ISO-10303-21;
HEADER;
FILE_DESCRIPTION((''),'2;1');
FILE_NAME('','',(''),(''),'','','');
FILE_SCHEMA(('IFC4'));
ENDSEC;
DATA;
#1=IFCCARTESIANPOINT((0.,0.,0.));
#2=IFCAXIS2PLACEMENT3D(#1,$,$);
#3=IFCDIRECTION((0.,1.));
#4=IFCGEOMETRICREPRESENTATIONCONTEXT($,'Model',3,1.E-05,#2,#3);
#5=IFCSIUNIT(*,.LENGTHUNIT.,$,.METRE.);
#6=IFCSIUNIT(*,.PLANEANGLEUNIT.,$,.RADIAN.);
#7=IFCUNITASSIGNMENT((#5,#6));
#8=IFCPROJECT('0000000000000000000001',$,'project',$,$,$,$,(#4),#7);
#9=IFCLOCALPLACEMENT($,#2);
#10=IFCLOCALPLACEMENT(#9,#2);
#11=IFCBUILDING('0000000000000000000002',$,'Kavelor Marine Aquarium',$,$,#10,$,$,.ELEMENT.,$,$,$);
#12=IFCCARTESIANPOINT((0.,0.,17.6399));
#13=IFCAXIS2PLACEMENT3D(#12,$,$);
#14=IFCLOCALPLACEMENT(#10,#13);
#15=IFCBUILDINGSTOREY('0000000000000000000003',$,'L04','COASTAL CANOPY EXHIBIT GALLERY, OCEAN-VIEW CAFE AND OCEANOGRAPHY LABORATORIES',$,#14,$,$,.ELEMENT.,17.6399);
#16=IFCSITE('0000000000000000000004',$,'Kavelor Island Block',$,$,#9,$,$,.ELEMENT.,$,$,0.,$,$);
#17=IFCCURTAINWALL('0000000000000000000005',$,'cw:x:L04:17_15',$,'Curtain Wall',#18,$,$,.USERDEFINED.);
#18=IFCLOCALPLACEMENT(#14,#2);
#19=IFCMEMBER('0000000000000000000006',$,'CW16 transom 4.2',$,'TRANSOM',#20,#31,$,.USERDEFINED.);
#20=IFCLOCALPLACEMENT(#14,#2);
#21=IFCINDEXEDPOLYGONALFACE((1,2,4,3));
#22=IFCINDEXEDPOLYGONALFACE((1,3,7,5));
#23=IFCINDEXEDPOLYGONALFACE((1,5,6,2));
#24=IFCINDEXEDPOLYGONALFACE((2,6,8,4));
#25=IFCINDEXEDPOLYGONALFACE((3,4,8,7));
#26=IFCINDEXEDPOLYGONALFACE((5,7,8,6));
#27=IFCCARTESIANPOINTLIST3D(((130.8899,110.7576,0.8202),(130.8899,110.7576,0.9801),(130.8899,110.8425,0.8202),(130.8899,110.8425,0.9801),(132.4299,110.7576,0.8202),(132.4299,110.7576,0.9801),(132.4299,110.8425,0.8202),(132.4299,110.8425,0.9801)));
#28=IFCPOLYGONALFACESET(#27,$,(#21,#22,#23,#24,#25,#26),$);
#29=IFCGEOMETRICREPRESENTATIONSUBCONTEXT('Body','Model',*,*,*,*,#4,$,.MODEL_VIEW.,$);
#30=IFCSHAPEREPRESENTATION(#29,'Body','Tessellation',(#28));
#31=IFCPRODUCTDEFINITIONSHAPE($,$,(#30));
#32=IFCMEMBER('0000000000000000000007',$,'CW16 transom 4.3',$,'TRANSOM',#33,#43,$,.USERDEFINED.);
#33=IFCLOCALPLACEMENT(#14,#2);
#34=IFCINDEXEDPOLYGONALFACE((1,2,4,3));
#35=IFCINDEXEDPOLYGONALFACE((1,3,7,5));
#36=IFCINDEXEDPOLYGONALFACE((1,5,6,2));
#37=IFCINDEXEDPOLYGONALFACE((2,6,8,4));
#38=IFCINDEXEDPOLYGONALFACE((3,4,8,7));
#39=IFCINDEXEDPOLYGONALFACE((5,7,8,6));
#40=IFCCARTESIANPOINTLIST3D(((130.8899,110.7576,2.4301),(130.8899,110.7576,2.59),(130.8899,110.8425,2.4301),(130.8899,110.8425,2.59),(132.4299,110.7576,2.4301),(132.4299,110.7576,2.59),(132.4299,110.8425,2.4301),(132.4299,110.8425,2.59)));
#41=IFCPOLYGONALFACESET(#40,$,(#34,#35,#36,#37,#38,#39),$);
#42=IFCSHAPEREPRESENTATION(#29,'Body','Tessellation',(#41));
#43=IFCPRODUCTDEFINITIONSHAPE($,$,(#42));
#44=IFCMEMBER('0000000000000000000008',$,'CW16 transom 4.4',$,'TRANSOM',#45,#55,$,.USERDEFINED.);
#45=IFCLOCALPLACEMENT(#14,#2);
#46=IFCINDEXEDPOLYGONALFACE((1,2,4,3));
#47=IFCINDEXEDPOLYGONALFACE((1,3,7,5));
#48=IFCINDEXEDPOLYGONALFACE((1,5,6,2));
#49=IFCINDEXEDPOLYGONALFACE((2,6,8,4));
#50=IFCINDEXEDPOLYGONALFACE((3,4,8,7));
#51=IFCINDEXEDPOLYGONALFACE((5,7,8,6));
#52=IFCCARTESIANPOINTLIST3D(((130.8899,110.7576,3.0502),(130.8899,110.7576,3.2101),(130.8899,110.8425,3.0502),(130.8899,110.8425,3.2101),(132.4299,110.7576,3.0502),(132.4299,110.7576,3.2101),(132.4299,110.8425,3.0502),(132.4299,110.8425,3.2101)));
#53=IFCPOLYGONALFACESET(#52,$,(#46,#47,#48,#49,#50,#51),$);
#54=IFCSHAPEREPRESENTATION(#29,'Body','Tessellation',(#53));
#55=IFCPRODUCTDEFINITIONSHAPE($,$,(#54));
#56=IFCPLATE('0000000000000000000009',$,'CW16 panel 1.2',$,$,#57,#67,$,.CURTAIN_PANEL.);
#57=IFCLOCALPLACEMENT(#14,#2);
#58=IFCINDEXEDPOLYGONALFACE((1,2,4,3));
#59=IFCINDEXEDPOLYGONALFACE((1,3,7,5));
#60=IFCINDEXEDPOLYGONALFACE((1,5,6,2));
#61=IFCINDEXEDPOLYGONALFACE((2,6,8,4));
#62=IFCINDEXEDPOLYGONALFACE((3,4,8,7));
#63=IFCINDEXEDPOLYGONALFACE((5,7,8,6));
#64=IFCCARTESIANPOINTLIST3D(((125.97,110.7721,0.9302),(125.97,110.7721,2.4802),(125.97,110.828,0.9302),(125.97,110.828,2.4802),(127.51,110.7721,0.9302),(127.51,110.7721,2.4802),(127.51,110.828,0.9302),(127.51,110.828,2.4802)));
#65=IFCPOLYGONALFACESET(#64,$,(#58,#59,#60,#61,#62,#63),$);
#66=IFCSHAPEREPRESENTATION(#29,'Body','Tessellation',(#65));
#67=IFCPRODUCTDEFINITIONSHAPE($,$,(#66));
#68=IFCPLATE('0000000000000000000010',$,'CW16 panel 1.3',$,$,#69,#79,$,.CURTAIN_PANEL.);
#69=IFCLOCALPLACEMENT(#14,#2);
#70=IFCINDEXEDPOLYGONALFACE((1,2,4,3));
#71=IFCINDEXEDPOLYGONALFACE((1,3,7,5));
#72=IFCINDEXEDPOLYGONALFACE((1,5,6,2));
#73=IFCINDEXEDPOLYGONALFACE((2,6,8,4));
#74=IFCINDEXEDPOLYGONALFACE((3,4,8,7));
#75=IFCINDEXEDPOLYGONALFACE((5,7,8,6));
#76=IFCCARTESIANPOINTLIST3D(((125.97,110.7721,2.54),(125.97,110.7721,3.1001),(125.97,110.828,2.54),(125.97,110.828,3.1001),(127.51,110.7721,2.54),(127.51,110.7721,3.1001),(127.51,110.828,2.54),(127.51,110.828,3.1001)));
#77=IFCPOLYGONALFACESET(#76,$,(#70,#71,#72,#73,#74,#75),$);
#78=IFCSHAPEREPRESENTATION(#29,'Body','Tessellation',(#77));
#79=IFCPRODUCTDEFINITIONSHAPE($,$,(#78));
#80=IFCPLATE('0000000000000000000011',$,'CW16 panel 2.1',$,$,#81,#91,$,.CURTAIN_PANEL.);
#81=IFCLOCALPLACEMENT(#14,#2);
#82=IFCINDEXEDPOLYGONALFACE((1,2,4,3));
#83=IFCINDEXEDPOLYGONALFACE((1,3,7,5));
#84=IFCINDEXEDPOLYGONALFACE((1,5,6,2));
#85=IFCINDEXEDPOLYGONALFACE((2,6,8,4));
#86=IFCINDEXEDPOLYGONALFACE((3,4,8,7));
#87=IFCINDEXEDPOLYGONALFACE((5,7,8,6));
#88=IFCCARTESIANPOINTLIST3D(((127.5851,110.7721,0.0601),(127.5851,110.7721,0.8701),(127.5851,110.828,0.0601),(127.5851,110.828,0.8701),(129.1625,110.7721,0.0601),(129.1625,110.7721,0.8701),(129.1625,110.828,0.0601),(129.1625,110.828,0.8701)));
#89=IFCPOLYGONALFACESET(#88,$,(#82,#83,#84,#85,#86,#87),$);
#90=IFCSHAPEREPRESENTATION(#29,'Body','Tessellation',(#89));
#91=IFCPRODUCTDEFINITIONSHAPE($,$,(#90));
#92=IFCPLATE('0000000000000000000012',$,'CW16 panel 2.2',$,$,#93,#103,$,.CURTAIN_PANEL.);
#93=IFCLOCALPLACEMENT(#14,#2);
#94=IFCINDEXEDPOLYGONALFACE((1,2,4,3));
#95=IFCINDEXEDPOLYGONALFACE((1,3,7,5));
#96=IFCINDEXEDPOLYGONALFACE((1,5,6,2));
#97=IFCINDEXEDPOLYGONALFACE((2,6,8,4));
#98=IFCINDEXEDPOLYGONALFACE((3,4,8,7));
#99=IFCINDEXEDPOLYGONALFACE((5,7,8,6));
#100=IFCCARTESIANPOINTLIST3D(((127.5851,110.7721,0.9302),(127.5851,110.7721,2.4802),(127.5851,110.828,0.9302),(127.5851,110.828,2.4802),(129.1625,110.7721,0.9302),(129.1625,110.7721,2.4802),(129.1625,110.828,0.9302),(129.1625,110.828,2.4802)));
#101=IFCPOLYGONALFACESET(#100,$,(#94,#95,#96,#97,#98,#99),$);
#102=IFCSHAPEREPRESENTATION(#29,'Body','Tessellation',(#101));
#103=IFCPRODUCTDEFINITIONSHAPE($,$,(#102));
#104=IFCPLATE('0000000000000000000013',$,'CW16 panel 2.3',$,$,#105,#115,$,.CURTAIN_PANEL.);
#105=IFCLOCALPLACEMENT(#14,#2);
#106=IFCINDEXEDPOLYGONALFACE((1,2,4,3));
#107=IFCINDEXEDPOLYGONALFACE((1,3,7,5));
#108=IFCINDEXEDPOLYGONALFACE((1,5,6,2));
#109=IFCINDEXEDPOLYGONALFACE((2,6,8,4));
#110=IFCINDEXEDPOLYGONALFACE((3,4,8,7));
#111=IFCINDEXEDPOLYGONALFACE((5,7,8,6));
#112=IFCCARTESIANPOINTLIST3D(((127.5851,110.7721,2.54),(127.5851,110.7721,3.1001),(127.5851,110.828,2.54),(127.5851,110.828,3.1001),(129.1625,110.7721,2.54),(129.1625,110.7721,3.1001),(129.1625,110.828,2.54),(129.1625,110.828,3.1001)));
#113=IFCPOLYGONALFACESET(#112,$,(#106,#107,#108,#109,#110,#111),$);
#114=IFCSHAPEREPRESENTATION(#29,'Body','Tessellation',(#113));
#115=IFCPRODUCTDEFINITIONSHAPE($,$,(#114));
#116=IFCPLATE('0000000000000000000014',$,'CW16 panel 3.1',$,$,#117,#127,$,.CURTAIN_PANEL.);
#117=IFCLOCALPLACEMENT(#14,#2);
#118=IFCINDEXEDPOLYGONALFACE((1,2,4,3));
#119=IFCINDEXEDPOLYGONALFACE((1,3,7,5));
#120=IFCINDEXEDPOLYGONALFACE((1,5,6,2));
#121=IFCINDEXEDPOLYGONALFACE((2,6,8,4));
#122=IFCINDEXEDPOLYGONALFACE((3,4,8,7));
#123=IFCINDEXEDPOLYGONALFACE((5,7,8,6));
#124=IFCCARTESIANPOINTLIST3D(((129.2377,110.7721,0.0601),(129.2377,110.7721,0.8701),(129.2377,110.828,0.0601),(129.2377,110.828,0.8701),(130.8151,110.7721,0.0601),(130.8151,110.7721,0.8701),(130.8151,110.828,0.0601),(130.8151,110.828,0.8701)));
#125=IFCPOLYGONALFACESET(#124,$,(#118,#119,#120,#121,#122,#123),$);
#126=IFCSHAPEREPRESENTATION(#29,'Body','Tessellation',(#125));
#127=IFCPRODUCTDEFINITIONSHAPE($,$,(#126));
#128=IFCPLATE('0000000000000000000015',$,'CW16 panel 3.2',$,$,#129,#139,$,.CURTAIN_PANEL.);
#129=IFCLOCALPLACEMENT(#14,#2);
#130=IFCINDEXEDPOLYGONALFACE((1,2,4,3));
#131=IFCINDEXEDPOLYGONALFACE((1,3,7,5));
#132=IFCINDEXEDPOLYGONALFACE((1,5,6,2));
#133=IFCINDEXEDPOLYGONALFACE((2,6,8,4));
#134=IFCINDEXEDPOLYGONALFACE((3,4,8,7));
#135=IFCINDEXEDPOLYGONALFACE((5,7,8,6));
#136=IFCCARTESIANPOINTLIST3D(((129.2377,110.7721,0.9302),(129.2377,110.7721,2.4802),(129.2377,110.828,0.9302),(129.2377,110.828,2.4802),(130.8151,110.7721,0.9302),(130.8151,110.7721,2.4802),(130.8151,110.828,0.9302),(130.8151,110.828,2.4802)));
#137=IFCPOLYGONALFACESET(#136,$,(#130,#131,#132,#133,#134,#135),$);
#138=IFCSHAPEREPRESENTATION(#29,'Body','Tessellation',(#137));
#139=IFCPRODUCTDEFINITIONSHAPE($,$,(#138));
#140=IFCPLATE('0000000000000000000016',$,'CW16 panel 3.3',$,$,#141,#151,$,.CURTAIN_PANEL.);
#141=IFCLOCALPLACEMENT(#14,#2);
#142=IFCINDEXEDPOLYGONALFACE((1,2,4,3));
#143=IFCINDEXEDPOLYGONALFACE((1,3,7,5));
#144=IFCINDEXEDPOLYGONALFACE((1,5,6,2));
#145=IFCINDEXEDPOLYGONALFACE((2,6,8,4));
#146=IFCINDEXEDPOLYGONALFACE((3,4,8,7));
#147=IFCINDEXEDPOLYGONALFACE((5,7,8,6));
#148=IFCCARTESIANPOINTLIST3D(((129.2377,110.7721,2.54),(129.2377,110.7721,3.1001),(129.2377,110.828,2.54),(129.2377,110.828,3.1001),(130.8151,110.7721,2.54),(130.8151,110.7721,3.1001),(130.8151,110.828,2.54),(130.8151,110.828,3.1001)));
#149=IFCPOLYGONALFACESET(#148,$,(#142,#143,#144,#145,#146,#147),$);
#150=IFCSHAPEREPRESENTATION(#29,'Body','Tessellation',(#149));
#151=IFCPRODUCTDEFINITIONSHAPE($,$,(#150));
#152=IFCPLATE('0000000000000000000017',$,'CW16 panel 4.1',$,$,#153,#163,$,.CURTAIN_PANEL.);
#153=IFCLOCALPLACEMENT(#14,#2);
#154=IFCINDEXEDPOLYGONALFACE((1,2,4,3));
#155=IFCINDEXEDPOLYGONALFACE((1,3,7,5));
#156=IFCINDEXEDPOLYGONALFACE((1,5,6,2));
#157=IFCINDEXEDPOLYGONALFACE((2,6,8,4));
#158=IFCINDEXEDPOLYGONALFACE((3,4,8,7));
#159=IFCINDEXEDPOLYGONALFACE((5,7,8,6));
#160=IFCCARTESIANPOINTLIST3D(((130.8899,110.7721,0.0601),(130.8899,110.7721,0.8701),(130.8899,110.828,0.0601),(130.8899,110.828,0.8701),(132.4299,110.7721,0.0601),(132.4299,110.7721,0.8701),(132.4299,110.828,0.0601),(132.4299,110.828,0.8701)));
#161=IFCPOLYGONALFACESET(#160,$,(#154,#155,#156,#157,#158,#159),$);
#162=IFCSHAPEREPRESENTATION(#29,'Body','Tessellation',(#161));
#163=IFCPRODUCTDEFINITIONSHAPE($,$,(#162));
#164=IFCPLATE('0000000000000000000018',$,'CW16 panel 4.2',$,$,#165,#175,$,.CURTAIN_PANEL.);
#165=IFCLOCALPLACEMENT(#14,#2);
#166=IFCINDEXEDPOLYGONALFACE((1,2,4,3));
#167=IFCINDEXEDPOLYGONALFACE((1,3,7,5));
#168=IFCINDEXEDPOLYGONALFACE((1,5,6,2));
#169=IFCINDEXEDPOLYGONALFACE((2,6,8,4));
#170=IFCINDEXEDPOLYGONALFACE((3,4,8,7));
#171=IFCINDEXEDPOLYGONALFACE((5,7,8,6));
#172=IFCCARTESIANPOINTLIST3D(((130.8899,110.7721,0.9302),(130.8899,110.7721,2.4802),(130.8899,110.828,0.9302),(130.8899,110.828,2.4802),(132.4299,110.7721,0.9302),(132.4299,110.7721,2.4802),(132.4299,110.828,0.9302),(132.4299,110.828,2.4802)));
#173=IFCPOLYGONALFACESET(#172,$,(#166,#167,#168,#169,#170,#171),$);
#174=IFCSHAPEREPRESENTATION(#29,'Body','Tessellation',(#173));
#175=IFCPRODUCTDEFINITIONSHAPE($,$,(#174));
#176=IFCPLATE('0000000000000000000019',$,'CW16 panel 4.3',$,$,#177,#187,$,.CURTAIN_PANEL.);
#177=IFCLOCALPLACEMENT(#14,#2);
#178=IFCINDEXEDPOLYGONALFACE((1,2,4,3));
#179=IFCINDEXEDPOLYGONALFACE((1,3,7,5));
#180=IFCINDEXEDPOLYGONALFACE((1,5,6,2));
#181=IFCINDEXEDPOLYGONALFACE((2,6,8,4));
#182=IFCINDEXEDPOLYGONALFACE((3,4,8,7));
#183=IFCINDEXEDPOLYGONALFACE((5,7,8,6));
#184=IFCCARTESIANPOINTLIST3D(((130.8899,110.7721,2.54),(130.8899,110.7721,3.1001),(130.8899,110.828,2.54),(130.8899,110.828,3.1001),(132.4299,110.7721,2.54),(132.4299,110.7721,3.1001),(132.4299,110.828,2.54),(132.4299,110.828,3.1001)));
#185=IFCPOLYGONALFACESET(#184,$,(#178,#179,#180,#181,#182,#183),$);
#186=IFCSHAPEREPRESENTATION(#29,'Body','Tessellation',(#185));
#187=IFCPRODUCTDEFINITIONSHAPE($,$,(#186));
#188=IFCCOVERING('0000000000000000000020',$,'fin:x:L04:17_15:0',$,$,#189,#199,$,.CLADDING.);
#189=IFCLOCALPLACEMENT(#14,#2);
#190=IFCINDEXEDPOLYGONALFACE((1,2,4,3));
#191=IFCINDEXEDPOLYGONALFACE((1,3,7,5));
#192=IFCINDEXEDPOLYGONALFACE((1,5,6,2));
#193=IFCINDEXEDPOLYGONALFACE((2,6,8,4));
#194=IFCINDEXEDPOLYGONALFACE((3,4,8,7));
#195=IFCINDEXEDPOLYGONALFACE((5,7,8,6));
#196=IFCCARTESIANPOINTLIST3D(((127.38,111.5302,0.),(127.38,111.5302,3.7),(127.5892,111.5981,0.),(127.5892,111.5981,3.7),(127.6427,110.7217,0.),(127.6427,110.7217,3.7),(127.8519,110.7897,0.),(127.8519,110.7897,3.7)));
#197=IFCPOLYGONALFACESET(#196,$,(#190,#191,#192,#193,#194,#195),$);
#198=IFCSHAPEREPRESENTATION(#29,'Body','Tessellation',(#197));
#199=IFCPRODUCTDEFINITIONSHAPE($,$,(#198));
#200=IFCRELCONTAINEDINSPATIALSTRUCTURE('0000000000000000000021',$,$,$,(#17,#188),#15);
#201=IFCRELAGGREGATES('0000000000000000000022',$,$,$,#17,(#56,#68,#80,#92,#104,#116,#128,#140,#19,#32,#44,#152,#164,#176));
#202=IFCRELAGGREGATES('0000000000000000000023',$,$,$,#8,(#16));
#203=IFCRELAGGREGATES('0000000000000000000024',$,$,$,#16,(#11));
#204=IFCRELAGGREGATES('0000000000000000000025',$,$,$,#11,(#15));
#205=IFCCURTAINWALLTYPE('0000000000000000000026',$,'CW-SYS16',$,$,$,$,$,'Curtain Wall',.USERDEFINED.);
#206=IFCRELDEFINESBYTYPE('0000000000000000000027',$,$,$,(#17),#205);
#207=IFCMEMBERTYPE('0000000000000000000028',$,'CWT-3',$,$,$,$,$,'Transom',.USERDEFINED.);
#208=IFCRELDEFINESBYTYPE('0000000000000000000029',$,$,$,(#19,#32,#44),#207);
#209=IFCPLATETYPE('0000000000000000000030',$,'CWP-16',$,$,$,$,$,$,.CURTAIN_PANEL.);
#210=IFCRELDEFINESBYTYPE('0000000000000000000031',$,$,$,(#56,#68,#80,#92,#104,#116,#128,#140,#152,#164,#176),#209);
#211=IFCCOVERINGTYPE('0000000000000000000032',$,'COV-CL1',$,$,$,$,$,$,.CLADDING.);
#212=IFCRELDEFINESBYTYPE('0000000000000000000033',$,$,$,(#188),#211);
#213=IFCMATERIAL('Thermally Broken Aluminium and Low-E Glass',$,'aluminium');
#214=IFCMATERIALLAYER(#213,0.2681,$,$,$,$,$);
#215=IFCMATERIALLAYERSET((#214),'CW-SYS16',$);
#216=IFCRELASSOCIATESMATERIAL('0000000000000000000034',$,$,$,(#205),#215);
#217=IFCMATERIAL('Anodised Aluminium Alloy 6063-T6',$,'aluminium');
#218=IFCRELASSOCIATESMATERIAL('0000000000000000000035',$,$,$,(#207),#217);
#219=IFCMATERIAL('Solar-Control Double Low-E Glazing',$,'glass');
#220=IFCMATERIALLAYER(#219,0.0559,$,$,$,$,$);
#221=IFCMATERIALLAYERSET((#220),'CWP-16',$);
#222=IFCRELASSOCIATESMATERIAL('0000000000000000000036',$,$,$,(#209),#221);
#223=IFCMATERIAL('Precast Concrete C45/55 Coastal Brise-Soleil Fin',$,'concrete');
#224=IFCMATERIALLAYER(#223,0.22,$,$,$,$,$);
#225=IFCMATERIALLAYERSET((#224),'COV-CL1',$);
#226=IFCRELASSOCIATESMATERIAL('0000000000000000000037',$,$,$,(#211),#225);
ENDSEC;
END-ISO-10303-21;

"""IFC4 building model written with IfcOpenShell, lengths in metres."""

from ifc_helpers import new_model, si_unit, direction, frame, origin, origin_2d, place, context, subcontext, project, spatial, rectangle, extrude, material, layer, layer_set, material_profile, profile_set, type_object, element, aggregate, save


model = new_model("IFC4")

# Units and contexts
model_context = context("Model", 3, precision=1e-05, world=origin(), true_north=direction((0.0, 1.0)))
body_context = subcontext(model_context, "Body", "Model", "MODEL_VIEW")
ifc_project = project(units=[si_unit("LENGTHUNIT", "METRE"), si_unit("PLANEANGLEUNIT", "RADIAN")], contexts=[model_context])

# Site, building, storey
site_placement = place(None, origin())
site = spatial("IfcSite", under=ifc_project, at=site_placement, Name="Kavelor Island Block", CompositionType="ELEMENT", RefElevation=0.0)
building_placement = place(site_placement, origin())
building = spatial("IfcBuilding", under=site, at=building_placement, Name="Kavelor Marine Aquarium", CompositionType="ELEMENT")
storey_placement = place(building_placement, frame((0.0, 0.0, 17.6399)))
storey = spatial("IfcBuildingStorey", under=building, at=storey_placement, Name="L04", Description="COASTAL CANOPY EXHIBIT GALLERY, OCEAN-VIEW CAFE AND OCEANOGRAPHY LABORATORIES", CompositionType="ELEMENT", Elevation=17.6399)

# Curtain wall, members, plates
ifc_material_1 = material(Name="Thermally Broken Aluminium and Low-E Glass", Category="aluminium")
ifc_layer_1 = layer(ifc_material_1, 0.2681)
ifc_layer_set_1 = layer_set([ifc_layer_1], Name="CW-SYS16")
curtain_wall_type = type_object("IfcCurtainWallType", Name="CW-SYS16", ElementType="Curtain Wall", PredefinedType="USERDEFINED", material=ifc_layer_set_1)
curtain_wall_placement = place(storey_placement, origin())
curtain_wall = element("IfcCurtainWall", 1, at=curtain_wall_placement, inside=storey, type_object=curtain_wall_type, Name="cw:x:L04:17_15", ObjectType="Curtain Wall", PredefinedType="USERDEFINED")
ifc_material_2 = material(Name="Anodised Aluminium Alloy 6063-T6", Category="aluminium")
ifc_material_profile_1 = material_profile(ifc_material_2, rectangle(XDim=0.085, YDim=0.1599, at=origin_2d()), Name="CW-TRN 85x160")
ifc_profile_set_1 = profile_set([ifc_material_profile_1], Name="Anodised Aluminium Alloy 6063-T6")
member_type_1 = type_object("IfcMemberType", Name="CWT-3", ElementType="Transom", PredefinedType="USERDEFINED", material=ifc_profile_set_1)
member_1_placement = place(storey_placement, frame((130.8899, 110.8, 0.9001), z_axis=(1.0, 0.0, 0.0), x_axis=(0.0, 1.0, 0.0)))
member_1 = element("IfcMember", 2, at=member_1_placement, type_object=member_type_1, Name="CW16 transom 4.2", ObjectType="TRANSOM", PredefinedType="USERDEFINED", context=body_context, shape_type="SweptSolid", body=[
    extrude(rectangle(XDim=0.085, YDim=0.1599, at=origin_2d()), origin(), (0.0, 0.0, 1.0), 1.54),
])
member_2_placement = place(storey_placement, frame((130.8899, 110.8, 2.51), z_axis=(1.0, 0.0, 0.0), x_axis=(0.0, 1.0, 0.0)))
member_2 = element("IfcMember", 3, at=member_2_placement, type_object=member_type_1, Name="CW16 transom 4.3", ObjectType="TRANSOM", PredefinedType="USERDEFINED", context=body_context, shape_type="SweptSolid", body=[
    extrude(rectangle(XDim=0.085, YDim=0.1599, at=origin_2d()), origin(), (0.0, 0.0, 1.0), 1.54),
])
member_3_placement = place(storey_placement, frame((130.8899, 110.8, 3.1301), z_axis=(1.0, 0.0, 0.0), x_axis=(0.0, 1.0, 0.0)))
member_3 = element("IfcMember", 4, at=member_3_placement, type_object=member_type_1, Name="CW16 transom 4.4", ObjectType="TRANSOM", PredefinedType="USERDEFINED", context=body_context, shape_type="SweptSolid", body=[
    extrude(rectangle(XDim=0.085, YDim=0.1599, at=origin_2d()), origin(), (0.0, 0.0, 1.0), 1.54),
])
ifc_material_3 = material(Name="Solar-Control Double Low-E Glazing", Category="glass")
ifc_layer_2 = layer(ifc_material_3, 0.0559)
ifc_layer_set_2 = layer_set([ifc_layer_2], Name="CWP-16")
plate_type = type_object("IfcPlateType", Name="CWP-16", PredefinedType="CURTAIN_PANEL", material=ifc_layer_set_2)
plate_1_placement = place(storey_placement, frame((126.74, 110.8, 0.9302), z_axis=(0.0, 0.0, 1.0), x_axis=(1.0, 0.0, 0.0)))
plate_1 = element("IfcPlate", 5, at=plate_1_placement, type_object=plate_type, Name="CW16 panel 1.2", PredefinedType="CURTAIN_PANEL", context=body_context, shape_type="SweptSolid", body=[
    extrude(rectangle(XDim=1.54, YDim=0.0559, at=origin_2d()), origin(), (0.0, 0.0, 1.0), 1.55),
])
plate_2_placement = place(storey_placement, frame((126.74, 110.8, 2.54), z_axis=(0.0, 0.0, 1.0), x_axis=(1.0, 0.0, 0.0)))
plate_2 = element("IfcPlate", 6, at=plate_2_placement, type_object=plate_type, Name="CW16 panel 1.3", PredefinedType="CURTAIN_PANEL", context=body_context, shape_type="SweptSolid", body=[
    extrude(rectangle(XDim=1.54, YDim=0.0559, at=origin_2d()), origin(), (0.0, 0.0, 1.0), 0.5601),
])
plate_3_placement = place(storey_placement, frame((128.3738, 110.8, 0.0601), z_axis=(0.0, 0.0, 1.0), x_axis=(1.0, 0.0, 0.0)))
plate_3 = element("IfcPlate", 7, at=plate_3_placement, type_object=plate_type, Name="CW16 panel 2.1", PredefinedType="CURTAIN_PANEL", context=body_context, shape_type="SweptSolid", body=[
    extrude(rectangle(XDim=1.5774, YDim=0.0559, at=origin_2d()), origin(), (0.0, 0.0, 1.0), 0.8101),
])
plate_4_placement = place(storey_placement, frame((128.3738, 110.8, 0.9302), z_axis=(0.0, 0.0, 1.0), x_axis=(1.0, 0.0, 0.0)))
plate_4 = element("IfcPlate", 8, at=plate_4_placement, type_object=plate_type, Name="CW16 panel 2.2", PredefinedType="CURTAIN_PANEL", context=body_context, shape_type="SweptSolid", body=[
    extrude(rectangle(XDim=1.5774, YDim=0.0559, at=origin_2d()), origin(), (0.0, 0.0, 1.0), 1.55),
])
plate_5_placement = place(storey_placement, frame((128.3738, 110.8, 2.54), z_axis=(0.0, 0.0, 1.0), x_axis=(1.0, 0.0, 0.0)))
plate_5 = element("IfcPlate", 9, at=plate_5_placement, type_object=plate_type, Name="CW16 panel 2.3", PredefinedType="CURTAIN_PANEL", context=body_context, shape_type="SweptSolid", body=[
    extrude(rectangle(XDim=1.5774, YDim=0.0559, at=origin_2d()), origin(), (0.0, 0.0, 1.0), 0.5601),
])
plate_6_placement = place(storey_placement, frame((130.0264, 110.8, 0.0601), z_axis=(0.0, 0.0, 1.0), x_axis=(1.0, 0.0, 0.0)))
plate_6 = element("IfcPlate", 10, at=plate_6_placement, type_object=plate_type, Name="CW16 panel 3.1", PredefinedType="CURTAIN_PANEL", context=body_context, shape_type="SweptSolid", body=[
    extrude(rectangle(XDim=1.5774, YDim=0.0559, at=origin_2d()), origin(), (0.0, 0.0, 1.0), 0.8101),
])
plate_7_placement = place(storey_placement, frame((130.0264, 110.8, 0.9302), z_axis=(0.0, 0.0, 1.0), x_axis=(1.0, 0.0, 0.0)))
plate_7 = element("IfcPlate", 11, at=plate_7_placement, type_object=plate_type, Name="CW16 panel 3.2", PredefinedType="CURTAIN_PANEL", context=body_context, shape_type="SweptSolid", body=[
    extrude(rectangle(XDim=1.5774, YDim=0.0559, at=origin_2d()), origin(), (0.0, 0.0, 1.0), 1.55),
])
plate_8_placement = place(storey_placement, frame((130.0264, 110.8, 2.54), z_axis=(0.0, 0.0, 1.0), x_axis=(1.0, 0.0, 0.0)))
plate_8 = element("IfcPlate", 12, at=plate_8_placement, type_object=plate_type, Name="CW16 panel 3.3", PredefinedType="CURTAIN_PANEL", context=body_context, shape_type="SweptSolid", body=[
    extrude(rectangle(XDim=1.5774, YDim=0.0559, at=origin_2d()), origin(), (0.0, 0.0, 1.0), 0.5601),
])
plate_9_placement = place(storey_placement, frame((131.6599, 110.8, 0.0601), z_axis=(0.0, 0.0, 1.0), x_axis=(1.0, 0.0, 0.0)))
plate_9 = element("IfcPlate", 13, at=plate_9_placement, type_object=plate_type, Name="CW16 panel 4.1", PredefinedType="CURTAIN_PANEL", context=body_context, shape_type="SweptSolid", body=[
    extrude(rectangle(XDim=1.54, YDim=0.0559, at=origin_2d()), origin(), (0.0, 0.0, 1.0), 0.8101),
])
plate_10_placement = place(storey_placement, frame((131.6599, 110.8, 0.9302), z_axis=(0.0, 0.0, 1.0), x_axis=(1.0, 0.0, 0.0)))
plate_10 = element("IfcPlate", 14, at=plate_10_placement, type_object=plate_type, Name="CW16 panel 4.2", PredefinedType="CURTAIN_PANEL", context=body_context, shape_type="SweptSolid", body=[
    extrude(rectangle(XDim=1.54, YDim=0.0559, at=origin_2d()), origin(), (0.0, 0.0, 1.0), 1.55),
])
plate_11_placement = place(storey_placement, frame((131.6599, 110.8, 2.54), z_axis=(0.0, 0.0, 1.0), x_axis=(1.0, 0.0, 0.0)))
plate_11 = element("IfcPlate", 15, at=plate_11_placement, type_object=plate_type, Name="CW16 panel 4.3", PredefinedType="CURTAIN_PANEL", context=body_context, shape_type="SweptSolid", body=[
    extrude(rectangle(XDim=1.54, YDim=0.0559, at=origin_2d()), origin(), (0.0, 0.0, 1.0), 0.5601),
])
aggregate(curtain_wall, [plate_1, plate_2, plate_3, plate_4, plate_5, plate_6, plate_7, plate_8, member_1, member_2, member_3, plate_9, plate_10, plate_11])

# Covering
ifc_material_4 = material(Name="Precast Concrete C45/55 Coastal Brise-Soleil Fin", Category="concrete")
ifc_layer_3 = layer(ifc_material_4, 0.22)
ifc_layer_set_3 = layer_set([ifc_layer_3], Name="COV-CL1")
covering_type = type_object("IfcCoveringType", Name="COV-CL1", PredefinedType="CLADDING", material=ifc_layer_set_3)
for number, where, z_axis, x_axis, name in (
    (16, (127.616, 111.1599, 0.0), (0.0, 0.0, 1.0), (0.951057, 0.309017, 0.0), "fin:x:L04:17_15:0"),
):
    element("IfcCovering", number, at=place(storey_placement, frame(where, z_axis=z_axis, x_axis=x_axis)), inside=storey, type_object=covering_type, Name=name, PredefinedType="CLADDING", context=body_context, shape_type="SweptSolid", body=[
        extrude(rectangle(XDim=0.22, YDim=0.8501, at=origin_2d()), origin(), (0.0, 0.0, 1.0), 3.7),
    ])

save(model, "model.ifc")
